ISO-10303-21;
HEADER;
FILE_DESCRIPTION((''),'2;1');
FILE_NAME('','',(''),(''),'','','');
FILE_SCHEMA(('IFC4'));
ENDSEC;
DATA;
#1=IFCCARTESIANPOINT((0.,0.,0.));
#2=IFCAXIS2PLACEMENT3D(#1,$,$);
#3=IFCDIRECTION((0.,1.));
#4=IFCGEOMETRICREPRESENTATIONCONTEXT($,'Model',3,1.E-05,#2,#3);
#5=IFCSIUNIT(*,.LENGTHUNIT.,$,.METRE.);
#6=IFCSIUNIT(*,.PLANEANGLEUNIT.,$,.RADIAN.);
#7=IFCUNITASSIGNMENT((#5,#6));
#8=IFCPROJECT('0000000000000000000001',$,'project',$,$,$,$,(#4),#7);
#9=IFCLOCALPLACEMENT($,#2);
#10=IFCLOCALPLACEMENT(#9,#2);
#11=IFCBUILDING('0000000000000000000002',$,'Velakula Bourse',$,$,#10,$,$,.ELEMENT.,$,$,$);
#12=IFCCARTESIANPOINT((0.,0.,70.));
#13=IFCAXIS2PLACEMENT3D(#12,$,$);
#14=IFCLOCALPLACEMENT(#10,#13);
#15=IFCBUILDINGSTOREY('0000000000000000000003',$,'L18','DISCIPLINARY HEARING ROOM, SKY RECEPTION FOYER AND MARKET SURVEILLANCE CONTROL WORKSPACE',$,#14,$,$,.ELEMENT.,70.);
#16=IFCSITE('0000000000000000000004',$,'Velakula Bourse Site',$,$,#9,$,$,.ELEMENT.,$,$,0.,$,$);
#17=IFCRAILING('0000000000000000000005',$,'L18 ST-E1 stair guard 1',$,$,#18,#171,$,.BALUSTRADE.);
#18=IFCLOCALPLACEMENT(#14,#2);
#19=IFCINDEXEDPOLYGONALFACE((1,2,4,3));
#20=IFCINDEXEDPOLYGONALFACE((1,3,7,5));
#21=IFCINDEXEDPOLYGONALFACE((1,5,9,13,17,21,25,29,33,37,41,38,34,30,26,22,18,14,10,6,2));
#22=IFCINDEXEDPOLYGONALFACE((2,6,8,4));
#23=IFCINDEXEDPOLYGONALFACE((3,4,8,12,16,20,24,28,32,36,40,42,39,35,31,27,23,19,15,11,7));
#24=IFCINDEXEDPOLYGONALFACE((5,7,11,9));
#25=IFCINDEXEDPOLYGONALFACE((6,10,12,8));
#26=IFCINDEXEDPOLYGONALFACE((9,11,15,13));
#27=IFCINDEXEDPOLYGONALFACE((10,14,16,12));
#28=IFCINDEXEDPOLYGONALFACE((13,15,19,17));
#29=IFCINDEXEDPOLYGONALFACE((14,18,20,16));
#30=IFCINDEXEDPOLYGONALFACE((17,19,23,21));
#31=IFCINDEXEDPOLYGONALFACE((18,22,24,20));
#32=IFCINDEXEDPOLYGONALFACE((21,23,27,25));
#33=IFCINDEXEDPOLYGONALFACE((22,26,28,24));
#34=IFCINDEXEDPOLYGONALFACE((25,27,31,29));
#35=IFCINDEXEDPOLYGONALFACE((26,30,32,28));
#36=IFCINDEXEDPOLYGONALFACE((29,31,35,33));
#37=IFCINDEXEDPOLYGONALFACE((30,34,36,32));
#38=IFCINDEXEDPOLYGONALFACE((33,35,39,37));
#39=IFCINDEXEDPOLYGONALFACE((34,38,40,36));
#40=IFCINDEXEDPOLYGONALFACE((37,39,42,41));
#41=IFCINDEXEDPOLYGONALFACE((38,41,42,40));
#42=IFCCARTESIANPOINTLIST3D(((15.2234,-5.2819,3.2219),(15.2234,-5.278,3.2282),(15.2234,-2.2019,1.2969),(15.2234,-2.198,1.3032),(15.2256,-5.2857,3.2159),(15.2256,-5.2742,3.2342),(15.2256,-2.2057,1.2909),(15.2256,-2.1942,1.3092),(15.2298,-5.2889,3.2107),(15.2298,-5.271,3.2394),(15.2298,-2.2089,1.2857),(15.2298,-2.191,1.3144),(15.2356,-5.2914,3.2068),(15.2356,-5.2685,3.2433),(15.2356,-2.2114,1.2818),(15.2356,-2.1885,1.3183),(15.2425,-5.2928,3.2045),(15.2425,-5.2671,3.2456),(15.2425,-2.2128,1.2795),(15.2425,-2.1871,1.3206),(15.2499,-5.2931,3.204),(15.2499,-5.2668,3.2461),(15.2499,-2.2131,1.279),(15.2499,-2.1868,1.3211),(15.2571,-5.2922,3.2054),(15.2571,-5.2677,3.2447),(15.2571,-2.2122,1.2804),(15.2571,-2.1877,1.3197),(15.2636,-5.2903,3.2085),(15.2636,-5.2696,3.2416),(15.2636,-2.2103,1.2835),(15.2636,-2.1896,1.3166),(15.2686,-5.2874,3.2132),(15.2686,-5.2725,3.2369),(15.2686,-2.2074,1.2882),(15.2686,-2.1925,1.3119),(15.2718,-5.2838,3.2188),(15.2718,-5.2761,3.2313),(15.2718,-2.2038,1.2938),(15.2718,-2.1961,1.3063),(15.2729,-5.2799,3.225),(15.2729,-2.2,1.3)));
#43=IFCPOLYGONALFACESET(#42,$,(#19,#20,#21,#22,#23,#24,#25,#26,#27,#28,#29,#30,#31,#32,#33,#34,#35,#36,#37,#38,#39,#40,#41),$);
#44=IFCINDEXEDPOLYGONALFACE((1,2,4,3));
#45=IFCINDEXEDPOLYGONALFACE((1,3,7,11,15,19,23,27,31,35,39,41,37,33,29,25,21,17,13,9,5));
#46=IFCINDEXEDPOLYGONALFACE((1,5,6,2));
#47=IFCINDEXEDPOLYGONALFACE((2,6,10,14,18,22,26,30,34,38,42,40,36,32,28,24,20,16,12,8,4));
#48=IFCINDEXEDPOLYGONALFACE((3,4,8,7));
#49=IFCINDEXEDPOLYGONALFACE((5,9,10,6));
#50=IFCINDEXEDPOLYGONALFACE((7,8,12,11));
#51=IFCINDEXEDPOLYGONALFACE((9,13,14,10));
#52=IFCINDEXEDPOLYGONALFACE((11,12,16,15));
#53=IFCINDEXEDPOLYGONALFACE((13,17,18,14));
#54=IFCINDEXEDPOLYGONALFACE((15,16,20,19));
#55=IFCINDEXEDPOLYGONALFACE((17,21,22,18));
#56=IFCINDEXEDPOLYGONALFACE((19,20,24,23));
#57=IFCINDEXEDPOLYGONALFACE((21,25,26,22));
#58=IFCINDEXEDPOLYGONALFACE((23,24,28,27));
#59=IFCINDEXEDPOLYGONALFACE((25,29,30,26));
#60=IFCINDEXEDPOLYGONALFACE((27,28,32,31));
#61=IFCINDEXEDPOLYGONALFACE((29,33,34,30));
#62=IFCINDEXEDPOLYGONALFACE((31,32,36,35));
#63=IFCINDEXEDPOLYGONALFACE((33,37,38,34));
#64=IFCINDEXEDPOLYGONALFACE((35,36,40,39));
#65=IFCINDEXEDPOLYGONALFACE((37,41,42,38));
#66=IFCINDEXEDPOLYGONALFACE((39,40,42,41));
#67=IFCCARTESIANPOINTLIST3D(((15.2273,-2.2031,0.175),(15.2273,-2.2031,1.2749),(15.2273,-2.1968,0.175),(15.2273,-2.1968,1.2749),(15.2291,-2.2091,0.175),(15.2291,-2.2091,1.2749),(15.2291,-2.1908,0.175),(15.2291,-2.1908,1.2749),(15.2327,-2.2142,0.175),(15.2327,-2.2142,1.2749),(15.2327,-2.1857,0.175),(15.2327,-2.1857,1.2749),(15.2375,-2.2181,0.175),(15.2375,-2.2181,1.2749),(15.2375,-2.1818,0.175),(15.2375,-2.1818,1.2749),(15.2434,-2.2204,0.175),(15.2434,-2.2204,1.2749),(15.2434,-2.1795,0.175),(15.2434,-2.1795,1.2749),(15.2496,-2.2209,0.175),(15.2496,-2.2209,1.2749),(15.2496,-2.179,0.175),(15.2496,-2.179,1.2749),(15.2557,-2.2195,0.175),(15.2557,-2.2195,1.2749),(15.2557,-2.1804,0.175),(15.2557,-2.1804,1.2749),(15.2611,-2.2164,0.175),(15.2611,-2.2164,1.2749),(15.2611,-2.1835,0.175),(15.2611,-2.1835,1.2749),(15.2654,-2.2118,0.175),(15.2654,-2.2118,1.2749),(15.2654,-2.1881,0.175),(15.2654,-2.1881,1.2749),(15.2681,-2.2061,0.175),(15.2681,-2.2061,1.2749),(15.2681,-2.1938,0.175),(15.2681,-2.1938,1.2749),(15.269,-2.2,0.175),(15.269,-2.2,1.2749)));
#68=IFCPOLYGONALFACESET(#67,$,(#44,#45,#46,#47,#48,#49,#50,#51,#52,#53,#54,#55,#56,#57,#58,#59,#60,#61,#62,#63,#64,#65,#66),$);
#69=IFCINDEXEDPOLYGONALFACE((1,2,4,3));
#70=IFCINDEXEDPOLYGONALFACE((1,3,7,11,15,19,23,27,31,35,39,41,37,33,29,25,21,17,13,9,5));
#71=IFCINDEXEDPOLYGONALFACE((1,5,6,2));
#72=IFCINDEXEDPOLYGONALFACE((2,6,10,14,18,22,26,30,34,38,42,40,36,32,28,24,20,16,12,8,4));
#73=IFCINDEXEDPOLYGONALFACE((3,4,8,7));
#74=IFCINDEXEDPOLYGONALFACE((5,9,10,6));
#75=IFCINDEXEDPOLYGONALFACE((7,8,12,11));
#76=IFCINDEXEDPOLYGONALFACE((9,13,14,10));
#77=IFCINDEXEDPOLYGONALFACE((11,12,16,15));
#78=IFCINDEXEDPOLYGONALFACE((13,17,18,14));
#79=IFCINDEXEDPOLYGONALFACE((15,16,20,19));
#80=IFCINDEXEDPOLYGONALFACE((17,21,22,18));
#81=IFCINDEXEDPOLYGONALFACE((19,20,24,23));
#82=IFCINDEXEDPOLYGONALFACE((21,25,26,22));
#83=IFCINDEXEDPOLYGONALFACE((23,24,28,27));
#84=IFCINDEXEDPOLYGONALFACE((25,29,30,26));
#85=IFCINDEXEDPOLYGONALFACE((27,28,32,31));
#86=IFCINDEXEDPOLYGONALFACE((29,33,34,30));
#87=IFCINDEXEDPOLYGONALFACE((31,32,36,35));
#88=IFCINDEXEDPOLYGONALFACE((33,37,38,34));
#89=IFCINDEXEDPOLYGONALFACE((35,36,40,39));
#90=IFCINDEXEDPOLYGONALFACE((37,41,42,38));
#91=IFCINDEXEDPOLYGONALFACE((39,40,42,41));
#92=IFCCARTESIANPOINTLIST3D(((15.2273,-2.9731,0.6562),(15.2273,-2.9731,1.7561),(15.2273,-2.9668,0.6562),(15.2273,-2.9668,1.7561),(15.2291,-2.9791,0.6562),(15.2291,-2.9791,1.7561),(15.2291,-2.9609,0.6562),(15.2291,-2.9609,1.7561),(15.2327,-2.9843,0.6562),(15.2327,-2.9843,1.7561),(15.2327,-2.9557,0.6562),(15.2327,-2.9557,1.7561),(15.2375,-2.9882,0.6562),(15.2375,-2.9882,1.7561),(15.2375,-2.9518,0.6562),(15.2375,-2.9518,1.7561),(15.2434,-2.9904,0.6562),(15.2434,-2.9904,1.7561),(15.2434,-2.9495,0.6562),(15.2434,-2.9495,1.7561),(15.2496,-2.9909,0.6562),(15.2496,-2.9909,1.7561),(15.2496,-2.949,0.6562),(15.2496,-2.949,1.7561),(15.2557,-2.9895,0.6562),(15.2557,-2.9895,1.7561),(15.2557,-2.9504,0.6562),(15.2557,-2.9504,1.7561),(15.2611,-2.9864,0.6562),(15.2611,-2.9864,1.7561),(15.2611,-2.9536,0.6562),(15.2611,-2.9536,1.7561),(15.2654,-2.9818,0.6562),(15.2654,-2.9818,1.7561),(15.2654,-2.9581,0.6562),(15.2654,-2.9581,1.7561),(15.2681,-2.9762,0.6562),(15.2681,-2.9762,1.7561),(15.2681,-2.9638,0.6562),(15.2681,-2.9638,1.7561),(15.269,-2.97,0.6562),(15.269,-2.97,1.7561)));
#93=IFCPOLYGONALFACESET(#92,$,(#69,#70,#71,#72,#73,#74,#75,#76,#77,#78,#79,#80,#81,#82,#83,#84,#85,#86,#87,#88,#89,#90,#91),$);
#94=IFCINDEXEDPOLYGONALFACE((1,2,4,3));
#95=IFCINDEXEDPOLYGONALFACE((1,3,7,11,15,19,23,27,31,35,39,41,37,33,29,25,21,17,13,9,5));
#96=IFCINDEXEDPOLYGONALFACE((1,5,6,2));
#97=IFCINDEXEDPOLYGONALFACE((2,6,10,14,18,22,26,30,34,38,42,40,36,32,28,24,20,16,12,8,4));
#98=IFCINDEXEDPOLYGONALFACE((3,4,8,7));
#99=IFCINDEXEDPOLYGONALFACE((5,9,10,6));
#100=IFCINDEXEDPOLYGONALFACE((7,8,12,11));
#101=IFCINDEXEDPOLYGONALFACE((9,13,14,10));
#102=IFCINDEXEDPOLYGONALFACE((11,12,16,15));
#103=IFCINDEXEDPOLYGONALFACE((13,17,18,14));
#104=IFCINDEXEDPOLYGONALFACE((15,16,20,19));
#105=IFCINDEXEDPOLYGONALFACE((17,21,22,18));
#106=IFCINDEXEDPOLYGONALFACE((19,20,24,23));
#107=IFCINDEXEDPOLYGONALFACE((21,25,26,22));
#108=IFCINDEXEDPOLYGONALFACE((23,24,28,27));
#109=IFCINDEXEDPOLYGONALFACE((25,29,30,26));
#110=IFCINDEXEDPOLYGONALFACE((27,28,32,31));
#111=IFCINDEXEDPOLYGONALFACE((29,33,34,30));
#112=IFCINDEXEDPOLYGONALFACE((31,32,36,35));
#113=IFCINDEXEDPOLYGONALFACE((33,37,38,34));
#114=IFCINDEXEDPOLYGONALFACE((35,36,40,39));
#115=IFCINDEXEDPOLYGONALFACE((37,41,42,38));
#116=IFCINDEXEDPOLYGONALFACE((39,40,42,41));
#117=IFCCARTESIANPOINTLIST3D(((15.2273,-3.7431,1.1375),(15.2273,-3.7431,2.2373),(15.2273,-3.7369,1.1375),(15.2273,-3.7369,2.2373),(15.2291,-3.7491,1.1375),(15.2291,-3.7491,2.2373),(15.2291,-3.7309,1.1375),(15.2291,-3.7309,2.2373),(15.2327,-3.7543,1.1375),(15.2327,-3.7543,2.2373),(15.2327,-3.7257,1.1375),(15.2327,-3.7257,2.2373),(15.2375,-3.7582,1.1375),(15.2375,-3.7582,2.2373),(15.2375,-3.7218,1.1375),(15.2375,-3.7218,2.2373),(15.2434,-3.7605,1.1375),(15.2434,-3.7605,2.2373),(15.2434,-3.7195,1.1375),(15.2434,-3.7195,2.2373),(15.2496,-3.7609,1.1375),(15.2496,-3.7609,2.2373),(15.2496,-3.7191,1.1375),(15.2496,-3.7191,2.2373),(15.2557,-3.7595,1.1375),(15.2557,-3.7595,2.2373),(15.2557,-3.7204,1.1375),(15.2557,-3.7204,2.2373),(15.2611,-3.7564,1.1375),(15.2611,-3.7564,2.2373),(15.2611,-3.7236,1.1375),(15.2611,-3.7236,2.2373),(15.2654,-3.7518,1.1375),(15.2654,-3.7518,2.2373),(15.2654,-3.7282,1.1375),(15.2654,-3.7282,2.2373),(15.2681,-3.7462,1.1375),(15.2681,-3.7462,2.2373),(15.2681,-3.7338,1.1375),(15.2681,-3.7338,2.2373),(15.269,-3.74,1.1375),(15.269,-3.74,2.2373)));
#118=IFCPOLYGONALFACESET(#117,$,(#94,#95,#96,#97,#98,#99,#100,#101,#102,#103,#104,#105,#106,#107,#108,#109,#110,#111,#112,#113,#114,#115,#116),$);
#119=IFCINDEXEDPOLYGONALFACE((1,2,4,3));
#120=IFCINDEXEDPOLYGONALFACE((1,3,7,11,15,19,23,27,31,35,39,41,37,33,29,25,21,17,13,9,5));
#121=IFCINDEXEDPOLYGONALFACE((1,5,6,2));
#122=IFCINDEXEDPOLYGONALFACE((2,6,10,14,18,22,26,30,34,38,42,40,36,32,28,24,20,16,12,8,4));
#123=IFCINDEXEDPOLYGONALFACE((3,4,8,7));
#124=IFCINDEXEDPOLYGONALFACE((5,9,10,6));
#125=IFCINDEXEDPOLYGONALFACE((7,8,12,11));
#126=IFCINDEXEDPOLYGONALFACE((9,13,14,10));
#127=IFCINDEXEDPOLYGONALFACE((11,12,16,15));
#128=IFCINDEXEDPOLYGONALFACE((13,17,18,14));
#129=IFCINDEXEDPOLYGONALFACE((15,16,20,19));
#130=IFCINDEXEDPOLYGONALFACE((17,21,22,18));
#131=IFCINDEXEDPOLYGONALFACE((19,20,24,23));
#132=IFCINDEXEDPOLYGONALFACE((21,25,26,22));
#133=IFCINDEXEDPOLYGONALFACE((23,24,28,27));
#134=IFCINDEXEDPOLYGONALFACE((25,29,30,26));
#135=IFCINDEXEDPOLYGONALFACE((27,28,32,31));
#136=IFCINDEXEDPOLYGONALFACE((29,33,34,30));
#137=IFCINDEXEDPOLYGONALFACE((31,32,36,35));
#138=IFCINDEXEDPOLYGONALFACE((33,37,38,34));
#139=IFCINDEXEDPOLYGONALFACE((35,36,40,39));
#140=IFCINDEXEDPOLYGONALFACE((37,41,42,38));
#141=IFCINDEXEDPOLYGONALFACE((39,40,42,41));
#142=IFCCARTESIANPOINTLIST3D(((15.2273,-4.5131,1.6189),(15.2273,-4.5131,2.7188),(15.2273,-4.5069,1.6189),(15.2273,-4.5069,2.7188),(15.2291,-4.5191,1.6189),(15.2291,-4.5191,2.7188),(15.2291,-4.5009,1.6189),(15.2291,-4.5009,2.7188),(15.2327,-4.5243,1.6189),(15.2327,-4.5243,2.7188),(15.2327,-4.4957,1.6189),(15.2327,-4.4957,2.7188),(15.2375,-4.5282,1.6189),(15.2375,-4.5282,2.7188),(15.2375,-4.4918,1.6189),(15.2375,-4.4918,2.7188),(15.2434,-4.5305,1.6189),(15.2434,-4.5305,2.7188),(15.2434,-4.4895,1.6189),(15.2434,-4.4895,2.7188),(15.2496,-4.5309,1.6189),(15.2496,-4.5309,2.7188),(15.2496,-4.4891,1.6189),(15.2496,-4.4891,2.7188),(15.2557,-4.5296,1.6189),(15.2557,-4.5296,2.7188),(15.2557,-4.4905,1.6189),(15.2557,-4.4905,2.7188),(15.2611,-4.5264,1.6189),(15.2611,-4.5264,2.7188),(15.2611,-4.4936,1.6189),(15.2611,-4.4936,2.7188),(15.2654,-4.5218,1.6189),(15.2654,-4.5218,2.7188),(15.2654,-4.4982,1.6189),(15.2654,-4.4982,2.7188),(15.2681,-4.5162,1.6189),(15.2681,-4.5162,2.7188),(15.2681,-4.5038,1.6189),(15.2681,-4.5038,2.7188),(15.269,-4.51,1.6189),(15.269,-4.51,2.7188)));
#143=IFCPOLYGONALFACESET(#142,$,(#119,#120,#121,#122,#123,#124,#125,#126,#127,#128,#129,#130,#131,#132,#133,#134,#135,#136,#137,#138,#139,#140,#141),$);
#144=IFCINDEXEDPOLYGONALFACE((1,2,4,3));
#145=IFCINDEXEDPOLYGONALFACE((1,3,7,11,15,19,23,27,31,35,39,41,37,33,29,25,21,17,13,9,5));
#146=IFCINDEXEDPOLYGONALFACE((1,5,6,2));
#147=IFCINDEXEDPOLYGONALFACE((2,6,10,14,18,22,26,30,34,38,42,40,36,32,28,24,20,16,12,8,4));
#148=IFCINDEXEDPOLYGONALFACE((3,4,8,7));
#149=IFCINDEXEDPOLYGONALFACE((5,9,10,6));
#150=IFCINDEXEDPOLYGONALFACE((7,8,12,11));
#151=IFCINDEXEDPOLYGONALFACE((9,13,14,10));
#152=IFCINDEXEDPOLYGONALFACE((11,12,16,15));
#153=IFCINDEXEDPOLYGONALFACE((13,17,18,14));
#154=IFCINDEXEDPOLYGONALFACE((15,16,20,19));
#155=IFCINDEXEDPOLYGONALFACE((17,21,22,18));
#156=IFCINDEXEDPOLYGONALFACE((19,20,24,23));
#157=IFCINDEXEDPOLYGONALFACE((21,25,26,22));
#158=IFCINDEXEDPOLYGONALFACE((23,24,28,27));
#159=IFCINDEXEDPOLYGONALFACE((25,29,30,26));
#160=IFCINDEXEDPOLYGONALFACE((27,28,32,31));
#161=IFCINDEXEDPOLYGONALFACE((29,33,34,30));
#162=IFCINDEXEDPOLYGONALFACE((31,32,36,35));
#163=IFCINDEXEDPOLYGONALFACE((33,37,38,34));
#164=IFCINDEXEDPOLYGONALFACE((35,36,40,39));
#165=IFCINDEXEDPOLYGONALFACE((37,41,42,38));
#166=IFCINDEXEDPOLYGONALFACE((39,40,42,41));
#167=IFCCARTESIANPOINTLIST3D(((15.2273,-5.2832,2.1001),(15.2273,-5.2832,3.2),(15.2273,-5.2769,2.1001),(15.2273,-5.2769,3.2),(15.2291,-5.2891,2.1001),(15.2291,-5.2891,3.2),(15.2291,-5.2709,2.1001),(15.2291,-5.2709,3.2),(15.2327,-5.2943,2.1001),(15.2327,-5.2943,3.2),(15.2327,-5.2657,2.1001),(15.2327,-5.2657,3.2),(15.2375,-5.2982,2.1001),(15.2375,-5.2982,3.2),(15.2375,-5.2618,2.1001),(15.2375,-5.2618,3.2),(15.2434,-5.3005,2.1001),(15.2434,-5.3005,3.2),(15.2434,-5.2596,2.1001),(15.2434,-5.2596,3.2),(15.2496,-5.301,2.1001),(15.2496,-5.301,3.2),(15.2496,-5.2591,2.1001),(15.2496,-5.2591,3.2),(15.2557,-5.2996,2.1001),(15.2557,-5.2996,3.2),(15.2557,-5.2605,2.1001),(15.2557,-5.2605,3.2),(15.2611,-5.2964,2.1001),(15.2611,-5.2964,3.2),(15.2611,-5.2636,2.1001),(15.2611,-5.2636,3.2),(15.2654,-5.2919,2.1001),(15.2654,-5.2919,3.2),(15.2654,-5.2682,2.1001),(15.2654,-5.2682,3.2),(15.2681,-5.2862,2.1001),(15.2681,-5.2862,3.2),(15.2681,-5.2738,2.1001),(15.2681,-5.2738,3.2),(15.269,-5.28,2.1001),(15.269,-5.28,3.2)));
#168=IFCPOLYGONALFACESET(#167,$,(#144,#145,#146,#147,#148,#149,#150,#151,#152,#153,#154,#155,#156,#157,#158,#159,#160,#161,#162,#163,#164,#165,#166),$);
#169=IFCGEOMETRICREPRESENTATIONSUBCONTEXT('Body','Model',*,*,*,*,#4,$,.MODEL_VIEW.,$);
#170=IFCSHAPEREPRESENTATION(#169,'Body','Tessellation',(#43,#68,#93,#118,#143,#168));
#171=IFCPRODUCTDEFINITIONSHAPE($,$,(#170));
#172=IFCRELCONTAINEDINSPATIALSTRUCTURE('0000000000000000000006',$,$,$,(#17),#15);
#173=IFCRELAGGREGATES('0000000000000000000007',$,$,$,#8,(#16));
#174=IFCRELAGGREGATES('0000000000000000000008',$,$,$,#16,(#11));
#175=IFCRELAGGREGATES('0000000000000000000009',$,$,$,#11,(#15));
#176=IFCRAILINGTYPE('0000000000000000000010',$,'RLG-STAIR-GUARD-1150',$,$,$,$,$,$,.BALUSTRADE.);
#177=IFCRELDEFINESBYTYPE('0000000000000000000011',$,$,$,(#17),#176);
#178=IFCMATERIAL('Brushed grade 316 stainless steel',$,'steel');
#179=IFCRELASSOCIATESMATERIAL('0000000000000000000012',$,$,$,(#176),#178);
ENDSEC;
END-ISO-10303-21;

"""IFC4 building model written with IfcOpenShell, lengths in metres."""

from ifc_helpers import new_model, si_unit, direction, frame, origin, origin_2d, place, context, subcontext, project, spatial, circle, extrude, material, type_object, element, save


model = new_model("IFC4")

# Units and contexts
model_context = context("Model", 3, precision=1e-05, world=origin(), true_north=direction((0.0, 1.0)))
body_context = subcontext(model_context, "Body", "Model", "MODEL_VIEW")
ifc_project = project(units=[si_unit("LENGTHUNIT", "METRE"), si_unit("PLANEANGLEUNIT", "RADIAN")], contexts=[model_context])

# Site, building, storey
site_placement = place(None, origin())
site = spatial("IfcSite", under=ifc_project, at=site_placement, Name="Velakula Bourse Site", CompositionType="ELEMENT", RefElevation=0.0)
building_placement = place(site_placement, origin())
building = spatial("IfcBuilding", under=site, at=building_placement, Name="Velakula Bourse", CompositionType="ELEMENT")
storey_placement = place(building_placement, frame((0.0, 0.0, 70.0)))
storey = spatial("IfcBuildingStorey", under=building, at=storey_placement, Name="L18", Description="DISCIPLINARY HEARING ROOM, SKY RECEPTION FOYER AND MARKET SURVEILLANCE CONTROL WORKSPACE", CompositionType="ELEMENT", Elevation=70.0)

# Shared definitions
ifc_material_1 = material(Name="Brushed grade 316 stainless steel", Category="steel")

# Railing
railing_type_1 = type_object("IfcRailingType", Name="RLG-STAIR-GUARD-1150", PredefinedType="BALUSTRADE", material=ifc_material_1)
railing_1_placement = place(storey_placement, frame((15.248, -2.2, 0.175)))
element("IfcRailing", 1, at=railing_1_placement, inside=storey, type_object=railing_type_1, Name="L18 ST-E1 stair guard 1", PredefinedType="BALUSTRADE", context=body_context, shape_type="SweptSolid", body=[
    extrude(circle(Radius=0.0249, at=origin_2d()), frame((0.0, 0.0, 1.125), z_axis=(0.0, -0.847998, 0.529999), x_axis=(1.0, 0.0, 0.0)), (0.0, 0.0, 1.0), 3.6321),
    extrude(circle(Radius=0.021, at=origin_2d()), origin(), (0.0, 0.0, 1.0), 1.0999),
    extrude(circle(Radius=0.021, at=origin_2d()), frame((0.0, -0.77, 0.4812)), (0.0, 0.0, 1.0), 1.0999),
    extrude(circle(Radius=0.021, at=origin_2d()), frame((0.0, -1.54, 0.9624)), (0.0, 0.0, 1.0), 1.0999),
    extrude(circle(Radius=0.021, at=origin_2d()), frame((0.0, -2.3101, 1.4438)), (0.0, 0.0, 1.0), 1.0999),
    extrude(circle(Radius=0.021, at=origin_2d()), frame((0.0, -3.0801, 1.925)), (0.0, 0.0, 1.0), 1.0999),
])

save(model, "model.ifc")
